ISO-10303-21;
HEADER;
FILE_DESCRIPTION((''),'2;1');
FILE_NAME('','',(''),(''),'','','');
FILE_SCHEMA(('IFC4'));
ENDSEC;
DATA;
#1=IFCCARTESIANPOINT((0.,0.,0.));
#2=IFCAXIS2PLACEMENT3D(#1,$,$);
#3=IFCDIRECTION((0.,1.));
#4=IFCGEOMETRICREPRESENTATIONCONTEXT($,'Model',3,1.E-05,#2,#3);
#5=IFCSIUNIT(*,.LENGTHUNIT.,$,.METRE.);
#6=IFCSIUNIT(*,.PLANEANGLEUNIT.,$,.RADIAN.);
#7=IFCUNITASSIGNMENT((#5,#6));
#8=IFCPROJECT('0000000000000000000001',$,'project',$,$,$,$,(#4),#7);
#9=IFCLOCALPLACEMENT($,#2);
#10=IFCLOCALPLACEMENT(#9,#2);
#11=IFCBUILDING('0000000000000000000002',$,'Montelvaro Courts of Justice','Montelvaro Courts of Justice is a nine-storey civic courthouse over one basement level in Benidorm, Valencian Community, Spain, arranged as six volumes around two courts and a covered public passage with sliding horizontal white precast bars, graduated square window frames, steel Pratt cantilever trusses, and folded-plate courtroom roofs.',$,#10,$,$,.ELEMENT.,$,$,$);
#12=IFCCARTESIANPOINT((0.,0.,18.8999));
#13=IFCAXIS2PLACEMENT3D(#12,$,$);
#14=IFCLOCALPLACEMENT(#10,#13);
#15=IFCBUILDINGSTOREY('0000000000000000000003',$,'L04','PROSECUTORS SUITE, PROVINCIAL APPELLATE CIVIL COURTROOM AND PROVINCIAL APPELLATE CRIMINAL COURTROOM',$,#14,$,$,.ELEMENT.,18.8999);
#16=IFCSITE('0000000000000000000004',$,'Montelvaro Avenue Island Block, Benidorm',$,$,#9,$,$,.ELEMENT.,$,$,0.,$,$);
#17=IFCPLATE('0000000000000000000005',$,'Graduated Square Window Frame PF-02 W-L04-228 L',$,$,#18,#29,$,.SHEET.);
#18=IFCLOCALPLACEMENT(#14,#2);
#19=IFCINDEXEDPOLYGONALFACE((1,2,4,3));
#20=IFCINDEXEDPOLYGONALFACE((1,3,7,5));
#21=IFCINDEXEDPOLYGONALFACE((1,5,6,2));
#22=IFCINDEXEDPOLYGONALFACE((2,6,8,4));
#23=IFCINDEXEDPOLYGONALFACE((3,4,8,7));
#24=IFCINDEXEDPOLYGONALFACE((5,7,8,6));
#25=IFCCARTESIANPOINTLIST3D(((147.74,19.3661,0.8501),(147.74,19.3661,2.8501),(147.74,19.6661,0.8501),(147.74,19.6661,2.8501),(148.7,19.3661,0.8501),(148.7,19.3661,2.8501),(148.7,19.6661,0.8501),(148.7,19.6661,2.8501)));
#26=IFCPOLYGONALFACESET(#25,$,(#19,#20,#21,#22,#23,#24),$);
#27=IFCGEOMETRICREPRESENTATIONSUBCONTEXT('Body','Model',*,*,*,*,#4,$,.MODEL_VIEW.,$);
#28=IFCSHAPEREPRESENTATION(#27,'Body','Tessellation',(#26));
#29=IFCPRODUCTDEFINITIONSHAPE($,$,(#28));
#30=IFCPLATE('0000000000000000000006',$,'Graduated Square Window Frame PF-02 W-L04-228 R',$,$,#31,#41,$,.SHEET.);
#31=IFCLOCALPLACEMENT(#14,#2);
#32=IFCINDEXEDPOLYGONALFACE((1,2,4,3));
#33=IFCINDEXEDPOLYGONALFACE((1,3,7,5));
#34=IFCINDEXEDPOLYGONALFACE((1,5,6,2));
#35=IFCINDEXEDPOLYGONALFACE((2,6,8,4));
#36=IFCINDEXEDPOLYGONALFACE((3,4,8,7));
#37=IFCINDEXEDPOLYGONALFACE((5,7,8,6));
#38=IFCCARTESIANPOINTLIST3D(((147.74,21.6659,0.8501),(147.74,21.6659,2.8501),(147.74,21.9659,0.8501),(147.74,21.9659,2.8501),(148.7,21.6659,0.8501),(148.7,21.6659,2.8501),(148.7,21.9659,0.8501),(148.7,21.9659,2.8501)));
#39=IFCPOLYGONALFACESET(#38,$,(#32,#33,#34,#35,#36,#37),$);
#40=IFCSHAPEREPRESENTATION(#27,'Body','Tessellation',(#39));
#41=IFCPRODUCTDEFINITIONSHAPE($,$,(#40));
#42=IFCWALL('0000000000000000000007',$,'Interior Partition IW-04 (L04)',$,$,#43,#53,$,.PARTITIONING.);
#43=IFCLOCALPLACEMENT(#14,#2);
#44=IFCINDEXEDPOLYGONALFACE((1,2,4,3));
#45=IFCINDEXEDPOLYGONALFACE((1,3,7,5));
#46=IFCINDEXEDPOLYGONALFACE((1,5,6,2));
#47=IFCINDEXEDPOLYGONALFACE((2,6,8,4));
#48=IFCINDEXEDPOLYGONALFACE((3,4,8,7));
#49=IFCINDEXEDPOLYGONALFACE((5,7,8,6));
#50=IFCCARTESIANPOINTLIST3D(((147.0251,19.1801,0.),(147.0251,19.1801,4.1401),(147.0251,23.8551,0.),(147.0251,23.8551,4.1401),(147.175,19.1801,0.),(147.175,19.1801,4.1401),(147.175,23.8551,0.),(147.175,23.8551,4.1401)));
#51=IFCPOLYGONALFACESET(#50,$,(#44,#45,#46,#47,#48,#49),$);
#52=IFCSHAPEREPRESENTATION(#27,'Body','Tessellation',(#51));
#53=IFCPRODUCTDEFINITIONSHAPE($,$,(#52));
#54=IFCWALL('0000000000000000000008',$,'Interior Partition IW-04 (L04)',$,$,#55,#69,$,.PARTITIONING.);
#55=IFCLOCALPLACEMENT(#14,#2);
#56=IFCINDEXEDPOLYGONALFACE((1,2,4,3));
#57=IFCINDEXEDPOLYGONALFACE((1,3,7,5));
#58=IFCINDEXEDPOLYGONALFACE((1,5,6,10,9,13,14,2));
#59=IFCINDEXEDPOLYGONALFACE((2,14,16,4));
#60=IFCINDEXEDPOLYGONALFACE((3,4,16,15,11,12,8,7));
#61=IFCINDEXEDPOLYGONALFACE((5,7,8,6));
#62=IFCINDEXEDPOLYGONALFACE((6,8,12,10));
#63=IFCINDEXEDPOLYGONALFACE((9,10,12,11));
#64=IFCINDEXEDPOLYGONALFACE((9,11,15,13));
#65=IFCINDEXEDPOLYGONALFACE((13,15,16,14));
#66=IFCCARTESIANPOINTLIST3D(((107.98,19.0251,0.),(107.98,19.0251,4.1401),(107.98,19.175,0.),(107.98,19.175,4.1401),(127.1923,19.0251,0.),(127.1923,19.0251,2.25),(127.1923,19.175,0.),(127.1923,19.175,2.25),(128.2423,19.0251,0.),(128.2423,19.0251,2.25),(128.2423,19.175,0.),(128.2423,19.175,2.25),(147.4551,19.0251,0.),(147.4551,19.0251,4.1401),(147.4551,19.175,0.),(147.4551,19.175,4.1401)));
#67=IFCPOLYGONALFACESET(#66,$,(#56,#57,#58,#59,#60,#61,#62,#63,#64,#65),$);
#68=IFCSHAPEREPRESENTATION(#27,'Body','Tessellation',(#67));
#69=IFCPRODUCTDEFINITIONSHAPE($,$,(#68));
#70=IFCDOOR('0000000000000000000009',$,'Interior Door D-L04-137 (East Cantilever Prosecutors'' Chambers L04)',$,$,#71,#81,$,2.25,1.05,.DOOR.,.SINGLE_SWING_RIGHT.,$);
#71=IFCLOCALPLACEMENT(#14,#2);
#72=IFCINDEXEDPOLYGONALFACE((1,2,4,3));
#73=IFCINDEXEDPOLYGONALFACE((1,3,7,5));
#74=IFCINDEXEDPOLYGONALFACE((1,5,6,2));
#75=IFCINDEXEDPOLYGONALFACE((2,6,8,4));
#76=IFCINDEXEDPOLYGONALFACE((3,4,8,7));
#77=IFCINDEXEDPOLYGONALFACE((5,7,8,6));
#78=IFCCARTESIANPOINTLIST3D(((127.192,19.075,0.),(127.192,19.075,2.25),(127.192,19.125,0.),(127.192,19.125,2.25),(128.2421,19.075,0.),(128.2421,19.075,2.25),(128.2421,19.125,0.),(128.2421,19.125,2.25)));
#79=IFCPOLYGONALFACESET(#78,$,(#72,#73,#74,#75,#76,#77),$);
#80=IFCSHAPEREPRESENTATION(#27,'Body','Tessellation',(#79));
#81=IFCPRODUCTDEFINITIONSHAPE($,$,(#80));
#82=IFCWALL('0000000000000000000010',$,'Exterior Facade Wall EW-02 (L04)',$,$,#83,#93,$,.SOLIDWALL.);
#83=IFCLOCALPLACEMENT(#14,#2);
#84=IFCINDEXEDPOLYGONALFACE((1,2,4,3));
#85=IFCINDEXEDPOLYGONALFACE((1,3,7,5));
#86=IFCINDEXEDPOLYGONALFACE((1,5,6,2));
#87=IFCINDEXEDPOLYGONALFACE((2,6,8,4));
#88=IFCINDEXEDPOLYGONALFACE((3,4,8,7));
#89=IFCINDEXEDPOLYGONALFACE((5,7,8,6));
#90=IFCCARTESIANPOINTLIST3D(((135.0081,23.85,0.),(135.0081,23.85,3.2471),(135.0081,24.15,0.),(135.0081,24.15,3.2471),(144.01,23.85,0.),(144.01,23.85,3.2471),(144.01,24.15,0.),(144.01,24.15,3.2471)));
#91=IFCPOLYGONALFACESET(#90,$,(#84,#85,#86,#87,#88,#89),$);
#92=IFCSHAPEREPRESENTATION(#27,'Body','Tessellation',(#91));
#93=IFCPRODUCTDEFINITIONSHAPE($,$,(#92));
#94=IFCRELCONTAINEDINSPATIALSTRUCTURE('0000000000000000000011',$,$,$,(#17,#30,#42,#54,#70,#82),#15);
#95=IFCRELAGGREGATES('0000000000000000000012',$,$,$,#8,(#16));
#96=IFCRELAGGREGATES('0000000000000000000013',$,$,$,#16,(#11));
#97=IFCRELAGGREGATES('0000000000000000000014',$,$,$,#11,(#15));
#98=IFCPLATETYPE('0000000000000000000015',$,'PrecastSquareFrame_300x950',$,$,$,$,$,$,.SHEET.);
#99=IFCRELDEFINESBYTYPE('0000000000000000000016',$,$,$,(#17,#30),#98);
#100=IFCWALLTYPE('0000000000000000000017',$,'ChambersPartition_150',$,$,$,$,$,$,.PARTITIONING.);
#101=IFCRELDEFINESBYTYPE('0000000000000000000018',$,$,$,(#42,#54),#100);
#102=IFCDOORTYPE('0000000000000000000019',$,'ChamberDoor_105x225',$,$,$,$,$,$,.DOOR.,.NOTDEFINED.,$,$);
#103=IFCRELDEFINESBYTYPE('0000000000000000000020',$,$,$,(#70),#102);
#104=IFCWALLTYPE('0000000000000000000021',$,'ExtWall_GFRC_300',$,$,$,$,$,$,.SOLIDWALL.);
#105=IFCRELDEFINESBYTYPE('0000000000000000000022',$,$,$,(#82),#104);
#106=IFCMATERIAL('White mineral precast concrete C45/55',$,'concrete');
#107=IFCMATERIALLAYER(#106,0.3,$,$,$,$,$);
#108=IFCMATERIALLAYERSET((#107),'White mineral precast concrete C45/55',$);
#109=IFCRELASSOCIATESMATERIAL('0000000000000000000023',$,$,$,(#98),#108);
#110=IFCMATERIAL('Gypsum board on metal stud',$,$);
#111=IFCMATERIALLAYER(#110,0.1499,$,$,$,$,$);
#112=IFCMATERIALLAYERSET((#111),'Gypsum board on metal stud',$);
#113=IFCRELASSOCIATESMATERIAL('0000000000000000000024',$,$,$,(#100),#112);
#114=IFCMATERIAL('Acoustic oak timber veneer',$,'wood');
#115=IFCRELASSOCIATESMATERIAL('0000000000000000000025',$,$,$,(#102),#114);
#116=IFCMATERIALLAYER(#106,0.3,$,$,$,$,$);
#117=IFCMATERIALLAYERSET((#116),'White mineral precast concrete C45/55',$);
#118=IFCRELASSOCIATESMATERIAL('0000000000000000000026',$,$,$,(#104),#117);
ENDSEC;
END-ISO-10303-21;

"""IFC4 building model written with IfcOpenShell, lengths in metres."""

from ifc_helpers import new_model, si_unit, direction, frame, frame_2d, origin, origin_2d, place, context, subcontext, project, spatial, rectangle, extrude, material, layer, layer_set, type_object, element, fill, save


model = new_model("IFC4")

# Units and contexts
model_context = context("Model", 3, precision=1e-05, world=origin(), true_north=direction((0.0, 1.0)))
body_context = subcontext(model_context, "Body", "Model", "MODEL_VIEW")
ifc_project = project(units=[si_unit("LENGTHUNIT", "METRE"), si_unit("PLANEANGLEUNIT", "RADIAN")], contexts=[model_context])

# Site, building, storey
site_placement = place(None, origin())
site = spatial("IfcSite", under=ifc_project, at=site_placement, Name="Montelvaro Avenue Island Block, Benidorm", CompositionType="ELEMENT", RefElevation=0.0)
building_placement = place(site_placement, origin())
building = spatial("IfcBuilding", under=site, at=building_placement, Name="Montelvaro Courts of Justice", Description="Montelvaro Courts of Justice is a nine-storey civic courthouse over one basement level in Benidorm, Valencian Community, Spain, arranged as six volumes around two courts and a covered public passage with sliding horizontal white precast bars, graduated square window frames, steel Pratt cantilever trusses, and folded-plate courtroom roofs.", CompositionType="ELEMENT")
storey_placement = place(building_placement, frame((0.0, 0.0, 18.8999)))
storey = spatial("IfcBuildingStorey", under=building, at=storey_placement, Name="L04", Description="PROSECUTORS SUITE, PROVINCIAL APPELLATE CIVIL COURTROOM AND PROVINCIAL APPELLATE CRIMINAL COURTROOM", CompositionType="ELEMENT", Elevation=18.8999)

# Plates
ifc_material_1 = material(Name="White mineral precast concrete C45/55", Category="concrete")
ifc_layer_1 = layer(ifc_material_1, 0.3)
ifc_layer_set_1 = layer_set([ifc_layer_1], Name="White mineral precast concrete C45/55")
plate_type_1 = type_object("IfcPlateType", Name="PrecastSquareFrame_300x950", PredefinedType="SHEET", material=ifc_layer_set_1)
for number, where, z_axis, x_axis, name in (
    (1, (148.22, 19.5161, 0.8501), (0.0, 0.0, 1.0), (0.0, 1.0, 0.0), "Graduated Square Window Frame PF-02 W-L04-228 L"),
    (2, (148.22, 21.8159, 0.8501), (0.0, 0.0, 1.0), (0.0, 1.0, 0.0), "Graduated Square Window Frame PF-02 W-L04-228 R"),
):
    element("IfcPlate", number, at=place(storey_placement, frame(where, z_axis=z_axis, x_axis=x_axis)), inside=storey, type_object=plate_type_1, Name=name, PredefinedType="SHEET", context=body_context, shape_type="SweptSolid", body=[
        extrude(rectangle(XDim=0.3, YDim=0.96, at=origin_2d()), origin(), (0.0, 0.0, 1.0), 2.0),
    ])

# Wall
ifc_material_2 = material(Name="Gypsum board on metal stud")
ifc_layer_2 = layer(ifc_material_2, 0.1499)
ifc_layer_set_2 = layer_set([ifc_layer_2], Name="Gypsum board on metal stud")
wall_type_1 = type_object("IfcWallType", Name="ChambersPartition_150", PredefinedType="PARTITIONING", material=ifc_layer_set_2)
wall_1_placement = place(storey_placement, frame((147.1001, 23.855, 0.0), z_axis=(0.0, 0.0, 1.0), x_axis=(0.0, -1.0, 0.0)))
element("IfcWall", 3, at=wall_1_placement, inside=storey, type_object=wall_type_1, Name="Interior Partition IW-04 (L04)", PredefinedType="PARTITIONING", context=body_context, shape_type="SweptSolid", body=[
    extrude(rectangle(XDim=4.675, YDim=0.1499, at=frame_2d((2.3374, 0.0))), origin(), (0.0, 0.0, 1.0), 4.1401),
])

# Wall, opening, door
wall_2_placement = place(storey_placement, frame((147.4551, 19.1001, 0.0), z_axis=(0.0, 0.0, 1.0), x_axis=(-1.0, 0.0, 0.0)))
wall_2 = element("IfcWall", 4, at=wall_2_placement, inside=storey, type_object=wall_type_1, Name="Interior Partition IW-04 (L04)", PredefinedType="PARTITIONING", context=body_context, shape_type="SweptSolid", body=[
    extrude(rectangle(XDim=39.4751, YDim=0.1499, at=frame_2d((19.7375, 0.0))), origin(), (0.0, 0.0, 1.0), 4.1401),
])
opening_placement = place(wall_2_placement, frame((19.2129, 0.0, 0.0)))
opening = element("IfcOpeningElement", 5, at=opening_placement, cuts=wall_2, PredefinedType="OPENING", context=body_context, shape_type="SweptSolid", body=[
    extrude(rectangle(XDim=1.05, YDim=2.25, at=frame_2d((0.5249, 1.125))), frame((0.0, 0.0898, 0.0), z_axis=(0.0, -1.0, 0.0), x_axis=(1.0, 0.0, 0.0)), (0.0, 0.0, 1.0), 0.1797),
])
ifc_material_3 = material(Name="Acoustic oak timber veneer", Category="wood")
door_type = type_object("IfcDoorType", Name="ChamberDoor_105x225", OperationType="NOTDEFINED", PredefinedType="DOOR", material=ifc_material_3)
door_placement = place(opening_placement, frame((1.05, 0.0, 0.0), z_axis=(0.0, 0.0, 1.0), x_axis=(-1.0, 0.0, 0.0)))
door = element("IfcDoor", 6, at=door_placement, inside=storey, type_object=door_type, Name="Interior Door D-L04-137 (East Cantilever Prosecutors' Chambers L04)", OperationType="SINGLE_SWING_RIGHT", OverallHeight=2.25, OverallWidth=1.05, PredefinedType="DOOR", context=body_context, shape_type="SweptSolid", body=[
    extrude(rectangle(XDim=1.05, YDim=2.25, at=frame_2d((0.5249, 1.125))), frame((0.0, 0.0249, 0.0), z_axis=(0.0, -1.0, 0.0), x_axis=(1.0, 0.0, 0.0)), (0.0, 0.0, 1.0), 0.05),
])
fill(opening, door)

# Wall
ifc_layer_3 = layer(ifc_material_1, 0.3)
ifc_layer_set_3 = layer_set([ifc_layer_3], Name="White mineral precast concrete C45/55")
wall_type_2 = type_object("IfcWallType", Name="ExtWall_GFRC_300", PredefinedType="SOLIDWALL", material=ifc_layer_set_3)
wall_3_placement = place(storey_placement, frame((144.01, 24.0, 0.0), z_axis=(0.0, 0.0, 1.0), x_axis=(-1.0, 0.0, 0.0)))
element("IfcWall", 7, at=wall_3_placement, inside=storey, type_object=wall_type_2, Name="Exterior Facade Wall EW-02 (L04)", PredefinedType="SOLIDWALL", context=body_context, shape_type="SweptSolid", body=[
    extrude(rectangle(XDim=9.002, YDim=0.3, at=frame_2d((4.501, 0.0))), origin(), (0.0, 0.0, 1.0), 3.2471),
])

save(model, "model.ifc")
